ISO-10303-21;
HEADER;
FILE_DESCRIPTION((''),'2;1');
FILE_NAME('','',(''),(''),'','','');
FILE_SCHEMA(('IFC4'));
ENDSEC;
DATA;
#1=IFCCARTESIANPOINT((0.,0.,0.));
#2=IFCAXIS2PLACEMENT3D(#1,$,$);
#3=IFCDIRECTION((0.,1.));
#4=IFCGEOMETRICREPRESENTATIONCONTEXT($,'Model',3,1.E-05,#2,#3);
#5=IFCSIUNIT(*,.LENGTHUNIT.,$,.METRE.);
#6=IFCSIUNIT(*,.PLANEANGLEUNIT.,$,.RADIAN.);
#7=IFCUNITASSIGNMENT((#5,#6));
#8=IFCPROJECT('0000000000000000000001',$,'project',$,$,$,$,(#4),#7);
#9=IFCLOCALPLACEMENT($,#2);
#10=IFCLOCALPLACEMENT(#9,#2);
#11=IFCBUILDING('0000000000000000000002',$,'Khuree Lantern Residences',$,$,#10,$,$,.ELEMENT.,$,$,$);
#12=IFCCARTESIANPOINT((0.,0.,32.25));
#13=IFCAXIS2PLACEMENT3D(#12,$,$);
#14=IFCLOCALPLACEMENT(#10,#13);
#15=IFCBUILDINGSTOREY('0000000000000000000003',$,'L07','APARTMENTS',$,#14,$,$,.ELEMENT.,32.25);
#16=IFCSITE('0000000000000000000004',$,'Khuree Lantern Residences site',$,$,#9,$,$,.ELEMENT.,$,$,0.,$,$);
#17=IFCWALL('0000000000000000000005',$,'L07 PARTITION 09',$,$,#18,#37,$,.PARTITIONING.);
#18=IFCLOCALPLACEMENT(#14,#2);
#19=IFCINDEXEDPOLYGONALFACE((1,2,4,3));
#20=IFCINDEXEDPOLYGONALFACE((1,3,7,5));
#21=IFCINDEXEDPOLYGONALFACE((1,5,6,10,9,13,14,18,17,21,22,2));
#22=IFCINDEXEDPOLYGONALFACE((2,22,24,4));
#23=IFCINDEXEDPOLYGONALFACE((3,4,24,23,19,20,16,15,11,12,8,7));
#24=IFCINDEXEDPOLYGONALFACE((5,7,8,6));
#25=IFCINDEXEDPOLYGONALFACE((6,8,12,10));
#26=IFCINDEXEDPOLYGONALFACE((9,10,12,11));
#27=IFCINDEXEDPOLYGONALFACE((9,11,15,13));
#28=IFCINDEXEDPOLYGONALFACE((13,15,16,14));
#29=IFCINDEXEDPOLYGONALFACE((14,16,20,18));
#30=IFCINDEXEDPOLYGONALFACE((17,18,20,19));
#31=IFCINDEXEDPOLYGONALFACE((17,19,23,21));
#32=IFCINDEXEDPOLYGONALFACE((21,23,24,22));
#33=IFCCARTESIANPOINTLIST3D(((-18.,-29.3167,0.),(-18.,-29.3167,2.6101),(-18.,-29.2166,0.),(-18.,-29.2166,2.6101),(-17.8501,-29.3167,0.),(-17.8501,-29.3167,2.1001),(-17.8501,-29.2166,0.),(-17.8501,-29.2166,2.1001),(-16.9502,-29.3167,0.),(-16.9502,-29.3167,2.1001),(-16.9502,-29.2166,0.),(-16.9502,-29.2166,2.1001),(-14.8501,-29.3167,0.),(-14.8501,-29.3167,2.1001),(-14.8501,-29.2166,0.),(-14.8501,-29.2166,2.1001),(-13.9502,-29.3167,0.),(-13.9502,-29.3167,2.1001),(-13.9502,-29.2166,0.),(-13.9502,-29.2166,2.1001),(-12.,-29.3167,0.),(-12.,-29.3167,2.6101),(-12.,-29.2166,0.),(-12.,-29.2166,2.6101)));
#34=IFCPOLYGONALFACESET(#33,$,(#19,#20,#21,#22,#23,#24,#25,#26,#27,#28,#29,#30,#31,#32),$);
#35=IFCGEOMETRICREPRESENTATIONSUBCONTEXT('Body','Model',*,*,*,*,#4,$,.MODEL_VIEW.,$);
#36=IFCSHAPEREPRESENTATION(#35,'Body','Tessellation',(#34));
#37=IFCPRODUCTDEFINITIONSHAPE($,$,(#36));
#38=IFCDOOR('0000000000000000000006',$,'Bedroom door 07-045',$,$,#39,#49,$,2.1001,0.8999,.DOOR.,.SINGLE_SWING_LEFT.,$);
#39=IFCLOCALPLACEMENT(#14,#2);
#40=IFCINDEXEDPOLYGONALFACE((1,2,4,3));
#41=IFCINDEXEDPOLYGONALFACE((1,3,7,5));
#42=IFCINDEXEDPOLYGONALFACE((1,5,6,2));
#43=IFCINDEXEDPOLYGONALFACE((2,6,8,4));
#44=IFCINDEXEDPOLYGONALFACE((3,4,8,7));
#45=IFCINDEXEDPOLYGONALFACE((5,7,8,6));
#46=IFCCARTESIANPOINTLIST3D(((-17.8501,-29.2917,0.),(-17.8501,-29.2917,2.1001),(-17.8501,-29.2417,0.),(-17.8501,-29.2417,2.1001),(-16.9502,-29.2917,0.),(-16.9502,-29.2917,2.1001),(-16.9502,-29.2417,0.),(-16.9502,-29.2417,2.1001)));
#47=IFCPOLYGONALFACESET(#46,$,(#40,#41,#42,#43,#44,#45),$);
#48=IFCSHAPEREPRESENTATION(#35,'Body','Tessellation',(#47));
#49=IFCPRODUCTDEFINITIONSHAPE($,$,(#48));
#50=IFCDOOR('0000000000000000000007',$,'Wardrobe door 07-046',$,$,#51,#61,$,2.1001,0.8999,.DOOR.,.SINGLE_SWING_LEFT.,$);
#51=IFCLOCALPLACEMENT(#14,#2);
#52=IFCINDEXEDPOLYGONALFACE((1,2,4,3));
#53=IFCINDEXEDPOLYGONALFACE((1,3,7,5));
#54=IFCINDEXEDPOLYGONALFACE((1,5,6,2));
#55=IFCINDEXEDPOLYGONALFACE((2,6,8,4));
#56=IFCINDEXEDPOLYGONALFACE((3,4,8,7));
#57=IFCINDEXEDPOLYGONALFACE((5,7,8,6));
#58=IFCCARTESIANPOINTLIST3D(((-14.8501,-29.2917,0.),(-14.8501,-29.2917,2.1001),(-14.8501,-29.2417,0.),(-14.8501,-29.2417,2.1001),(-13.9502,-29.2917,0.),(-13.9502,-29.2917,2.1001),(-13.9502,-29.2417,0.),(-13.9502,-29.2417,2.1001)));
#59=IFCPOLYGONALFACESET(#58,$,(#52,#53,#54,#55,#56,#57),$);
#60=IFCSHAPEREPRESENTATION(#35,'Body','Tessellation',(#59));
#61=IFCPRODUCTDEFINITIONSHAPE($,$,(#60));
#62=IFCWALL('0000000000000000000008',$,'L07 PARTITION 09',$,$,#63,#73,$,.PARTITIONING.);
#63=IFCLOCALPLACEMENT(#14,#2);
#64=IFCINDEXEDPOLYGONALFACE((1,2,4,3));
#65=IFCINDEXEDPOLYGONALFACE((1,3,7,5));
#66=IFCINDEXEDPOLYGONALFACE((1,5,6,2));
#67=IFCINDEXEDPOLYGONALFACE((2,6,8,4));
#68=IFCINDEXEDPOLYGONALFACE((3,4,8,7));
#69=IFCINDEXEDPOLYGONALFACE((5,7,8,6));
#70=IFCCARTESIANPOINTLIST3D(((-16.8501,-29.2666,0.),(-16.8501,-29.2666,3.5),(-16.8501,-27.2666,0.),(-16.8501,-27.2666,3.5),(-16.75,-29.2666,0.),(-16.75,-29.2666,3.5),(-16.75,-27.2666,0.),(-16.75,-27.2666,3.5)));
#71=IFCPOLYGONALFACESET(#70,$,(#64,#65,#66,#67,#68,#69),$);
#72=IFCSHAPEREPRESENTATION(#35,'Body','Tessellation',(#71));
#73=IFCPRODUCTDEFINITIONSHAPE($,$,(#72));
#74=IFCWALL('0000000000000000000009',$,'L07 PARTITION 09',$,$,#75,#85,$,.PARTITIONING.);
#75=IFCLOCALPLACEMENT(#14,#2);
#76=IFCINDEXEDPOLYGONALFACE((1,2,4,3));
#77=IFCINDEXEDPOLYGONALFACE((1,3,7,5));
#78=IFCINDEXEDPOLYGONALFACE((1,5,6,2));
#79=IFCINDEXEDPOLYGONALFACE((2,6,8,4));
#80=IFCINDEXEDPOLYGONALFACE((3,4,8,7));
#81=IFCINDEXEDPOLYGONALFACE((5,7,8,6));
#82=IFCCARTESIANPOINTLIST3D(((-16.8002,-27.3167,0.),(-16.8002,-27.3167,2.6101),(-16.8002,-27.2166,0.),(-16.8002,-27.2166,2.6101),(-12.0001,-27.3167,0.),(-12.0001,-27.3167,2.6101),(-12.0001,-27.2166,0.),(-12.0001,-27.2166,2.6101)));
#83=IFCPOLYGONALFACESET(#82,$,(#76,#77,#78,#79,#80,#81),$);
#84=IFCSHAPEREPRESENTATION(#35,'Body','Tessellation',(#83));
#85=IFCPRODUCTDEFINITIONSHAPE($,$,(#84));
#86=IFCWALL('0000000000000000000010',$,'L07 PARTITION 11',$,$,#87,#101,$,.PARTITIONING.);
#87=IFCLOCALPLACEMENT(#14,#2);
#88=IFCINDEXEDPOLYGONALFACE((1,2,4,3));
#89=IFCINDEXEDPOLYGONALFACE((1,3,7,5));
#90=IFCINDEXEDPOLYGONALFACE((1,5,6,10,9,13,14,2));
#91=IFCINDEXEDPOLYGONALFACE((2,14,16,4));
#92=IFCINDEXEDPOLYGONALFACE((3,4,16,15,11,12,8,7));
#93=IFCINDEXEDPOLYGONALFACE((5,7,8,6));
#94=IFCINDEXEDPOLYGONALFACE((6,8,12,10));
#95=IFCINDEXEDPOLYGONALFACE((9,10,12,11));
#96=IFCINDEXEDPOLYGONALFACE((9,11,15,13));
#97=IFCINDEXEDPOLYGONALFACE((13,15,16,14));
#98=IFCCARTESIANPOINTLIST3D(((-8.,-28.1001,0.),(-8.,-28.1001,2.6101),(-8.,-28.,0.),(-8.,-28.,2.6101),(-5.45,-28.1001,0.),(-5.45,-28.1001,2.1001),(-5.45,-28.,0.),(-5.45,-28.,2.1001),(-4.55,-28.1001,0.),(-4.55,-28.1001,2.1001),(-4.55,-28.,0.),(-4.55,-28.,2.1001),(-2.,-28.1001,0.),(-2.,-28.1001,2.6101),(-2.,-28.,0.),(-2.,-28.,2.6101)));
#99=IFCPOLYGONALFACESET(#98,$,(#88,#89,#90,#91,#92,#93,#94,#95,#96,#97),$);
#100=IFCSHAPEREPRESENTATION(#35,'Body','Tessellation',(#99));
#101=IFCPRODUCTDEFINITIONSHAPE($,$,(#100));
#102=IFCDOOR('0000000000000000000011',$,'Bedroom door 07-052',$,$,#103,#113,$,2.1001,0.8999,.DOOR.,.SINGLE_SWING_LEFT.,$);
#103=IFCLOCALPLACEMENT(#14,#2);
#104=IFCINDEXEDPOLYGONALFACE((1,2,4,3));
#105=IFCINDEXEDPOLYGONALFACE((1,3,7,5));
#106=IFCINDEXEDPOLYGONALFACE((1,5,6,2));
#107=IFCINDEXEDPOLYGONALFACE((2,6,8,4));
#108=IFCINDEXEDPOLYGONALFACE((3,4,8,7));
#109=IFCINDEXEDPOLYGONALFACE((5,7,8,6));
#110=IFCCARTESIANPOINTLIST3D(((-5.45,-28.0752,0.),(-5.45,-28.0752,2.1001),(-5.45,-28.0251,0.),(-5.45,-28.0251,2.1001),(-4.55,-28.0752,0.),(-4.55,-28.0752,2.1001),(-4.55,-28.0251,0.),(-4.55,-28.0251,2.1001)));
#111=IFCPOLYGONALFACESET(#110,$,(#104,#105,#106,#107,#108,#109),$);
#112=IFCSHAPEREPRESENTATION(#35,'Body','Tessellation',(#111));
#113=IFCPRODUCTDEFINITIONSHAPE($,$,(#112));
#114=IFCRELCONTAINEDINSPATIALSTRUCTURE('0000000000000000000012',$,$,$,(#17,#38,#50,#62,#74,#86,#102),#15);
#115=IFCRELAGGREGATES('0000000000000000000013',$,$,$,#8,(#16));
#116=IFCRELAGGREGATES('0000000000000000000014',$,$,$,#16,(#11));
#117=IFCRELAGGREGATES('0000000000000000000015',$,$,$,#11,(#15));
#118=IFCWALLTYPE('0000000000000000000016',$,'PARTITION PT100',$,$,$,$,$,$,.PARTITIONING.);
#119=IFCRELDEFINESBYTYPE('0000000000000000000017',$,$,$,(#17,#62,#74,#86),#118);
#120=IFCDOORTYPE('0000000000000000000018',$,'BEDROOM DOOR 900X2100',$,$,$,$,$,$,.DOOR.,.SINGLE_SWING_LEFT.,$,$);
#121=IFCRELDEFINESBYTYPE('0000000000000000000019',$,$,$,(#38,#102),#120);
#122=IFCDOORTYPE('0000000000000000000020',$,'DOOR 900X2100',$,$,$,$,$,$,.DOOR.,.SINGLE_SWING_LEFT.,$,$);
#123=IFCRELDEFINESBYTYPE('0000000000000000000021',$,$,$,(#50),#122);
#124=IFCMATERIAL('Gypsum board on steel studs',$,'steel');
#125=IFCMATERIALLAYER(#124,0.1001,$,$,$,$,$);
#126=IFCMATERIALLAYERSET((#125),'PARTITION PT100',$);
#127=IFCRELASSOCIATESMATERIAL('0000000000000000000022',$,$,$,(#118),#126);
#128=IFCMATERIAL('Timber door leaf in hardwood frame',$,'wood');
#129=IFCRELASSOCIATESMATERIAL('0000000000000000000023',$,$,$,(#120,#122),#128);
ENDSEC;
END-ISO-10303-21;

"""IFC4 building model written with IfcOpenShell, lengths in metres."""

from ifc_helpers import new_model, si_unit, direction, frame, frame_2d, origin, place, context, subcontext, project, spatial, rectangle, extrude, material, layer, layer_set, type_object, element, fill, save


model = new_model("IFC4")

# Units and contexts
model_context = context("Model", 3, precision=1e-05, world=origin(), true_north=direction((0.0, 1.0)))
body_context = subcontext(model_context, "Body", "Model", "MODEL_VIEW")
ifc_project = project(units=[si_unit("LENGTHUNIT", "METRE"), si_unit("PLANEANGLEUNIT", "RADIAN")], contexts=[model_context])

# Site, building, storey
site_placement = place(None, origin())
site = spatial("IfcSite", under=ifc_project, at=site_placement, Name="Khuree Lantern Residences site", CompositionType="ELEMENT", RefElevation=0.0)
building_placement = place(site_placement, origin())
building = spatial("IfcBuilding", under=site, at=building_placement, Name="Khuree Lantern Residences", CompositionType="ELEMENT")
storey_placement = place(building_placement, frame((0.0, 0.0, 32.25)))
storey = spatial("IfcBuildingStorey", under=building, at=storey_placement, Name="L07", Description="APARTMENTS", CompositionType="ELEMENT", Elevation=32.25)

# Shared definitions
ifc_material_1 = material(Name="Timber door leaf in hardwood frame", Category="wood")

# Shared definitions
ifc_material_2 = material(Name="Gypsum board on steel studs", Category="steel")

# Shared definitions
ifc_layer_1 = layer(ifc_material_2, 0.1001)
ifc_layer_set_1 = layer_set([ifc_layer_1], Name="PARTITION PT100")
wall_type_1 = type_object("IfcWallType", Name="PARTITION PT100", PredefinedType="PARTITIONING", material=ifc_layer_set_1)

# Wall, openings, doors
wall_1_placement = place(storey_placement, frame((-18.0, -29.2666, 0.0), z_axis=(0.0, 0.0, 1.0), x_axis=(1.0, 0.0, 0.0)))
wall_1 = element("IfcWall", 1, at=wall_1_placement, inside=storey, type_object=wall_type_1, Name="L07 PARTITION 09", PredefinedType="PARTITIONING", context=body_context, shape_type="SweptSolid", body=[
    extrude(rectangle(XDim=6.0, YDim=0.1001, at=frame_2d((3.0, 0.0))), origin(), (0.0, 0.0, 1.0), 2.6101),
])
opening_1_placement = place(wall_1_placement, frame((0.1499, 0.0, 0.0)))
opening_1 = element("IfcOpeningElement", 2, at=opening_1_placement, cuts=wall_1, PredefinedType="OPENING", context=body_context, shape_type="SweptSolid", body=[
    extrude(rectangle(XDim=0.8999, YDim=2.1001, at=frame_2d((0.45, 1.05))), frame((0.0, 0.0601, 0.0), z_axis=(0.0, -1.0, 0.0), x_axis=(1.0, 0.0, 0.0)), (0.0, 0.0, 1.0), 0.1201),
])
opening_2_placement = place(wall_1_placement, frame((3.1499, 0.0, 0.0)))
opening_2 = element("IfcOpeningElement", 3, at=opening_2_placement, cuts=wall_1, PredefinedType="OPENING", context=body_context, shape_type="SweptSolid", body=[
    extrude(rectangle(XDim=0.8999, YDim=2.1001, at=frame_2d((0.45, 1.05))), frame((0.0, 0.0601, 0.0), z_axis=(0.0, -1.0, 0.0), x_axis=(1.0, 0.0, 0.0)), (0.0, 0.0, 1.0), 0.1201),
])
door_type_1 = type_object("IfcDoorType", Name="BEDROOM DOOR 900X2100", OperationType="SINGLE_SWING_LEFT", PredefinedType="DOOR", material=ifc_material_1)
door_1_placement = place(opening_1_placement, origin())
door_1 = element("IfcDoor", 4, at=door_1_placement, inside=storey, type_object=door_type_1, Name="Bedroom door 07-045", OperationType="SINGLE_SWING_LEFT", OverallHeight=2.1001, OverallWidth=0.8999, PredefinedType="DOOR", context=body_context, shape_type="SweptSolid", body=[
    extrude(rectangle(XDim=0.8999, YDim=2.1001, at=frame_2d((0.45, 1.05))), frame((0.0, 0.0249, 0.0), z_axis=(0.0, -1.0, 0.0), x_axis=(1.0, 0.0, 0.0)), (0.0, 0.0, 1.0), 0.05),
])
fill(opening_1, door_1)
door_type_2 = type_object("IfcDoorType", Name="DOOR 900X2100", OperationType="SINGLE_SWING_LEFT", PredefinedType="DOOR", material=ifc_material_1)
door_2_placement = place(opening_2_placement, origin())
door_2 = element("IfcDoor", 5, at=door_2_placement, inside=storey, type_object=door_type_2, Name="Wardrobe door 07-046", OperationType="SINGLE_SWING_LEFT", OverallHeight=2.1001, OverallWidth=0.8999, PredefinedType="DOOR", context=body_context, shape_type="SweptSolid", body=[
    extrude(rectangle(XDim=0.8999, YDim=2.1001, at=frame_2d((0.45, 1.05))), frame((0.0, 0.0249, 0.0), z_axis=(0.0, -1.0, 0.0), x_axis=(1.0, 0.0, 0.0)), (0.0, 0.0, 1.0), 0.05),
])
fill(opening_2, door_2)

# Walls
wall_2_placement = place(storey_placement, frame((-16.8, -27.2666, 0.0), z_axis=(0.0, 0.0, 1.0), x_axis=(0.0, -1.0, 0.0)))
element("IfcWall", 6, at=wall_2_placement, inside=storey, type_object=wall_type_1, Name="L07 PARTITION 09", PredefinedType="PARTITIONING", context=body_context, shape_type="SweptSolid", body=[
    extrude(rectangle(XDim=2.0, YDim=0.1001, at=frame_2d((1.0, 0.0))), origin(), (0.0, 0.0, 1.0), 3.5),
])
wall_3_placement = place(storey_placement, frame((-16.8, -27.2666, 0.0), z_axis=(0.0, 0.0, 1.0), x_axis=(1.0, 0.0, 0.0)))
element("IfcWall", 7, at=wall_3_placement, inside=storey, type_object=wall_type_1, Name="L07 PARTITION 09", PredefinedType="PARTITIONING", context=body_context, shape_type="SweptSolid", body=[
    extrude(rectangle(XDim=4.8, YDim=0.1001, at=frame_2d((2.3999, 0.0))), origin(), (0.0, 0.0, 1.0), 2.6101),
])

# Wall, opening, door
wall_4_placement = place(storey_placement, frame((-8.0, -28.05, 0.0), z_axis=(0.0, 0.0, 1.0), x_axis=(1.0, 0.0, 0.0)))
wall_4 = element("IfcWall", 8, at=wall_4_placement, inside=storey, type_object=wall_type_1, Name="L07 PARTITION 11", PredefinedType="PARTITIONING", context=body_context, shape_type="SweptSolid", body=[
    extrude(rectangle(XDim=6.0, YDim=0.1001, at=frame_2d((3.0, 0.0))), origin(), (0.0, 0.0, 1.0), 2.6101),
])
opening_3_placement = place(wall_4_placement, frame((2.55, 0.0, 0.0)))
opening_3 = element("IfcOpeningElement", 9, at=opening_3_placement, cuts=wall_4, PredefinedType="OPENING", context=body_context, shape_type="SweptSolid", body=[
    extrude(rectangle(XDim=0.8999, YDim=2.1001, at=frame_2d((0.45, 1.05))), frame((0.0, 0.0601, 0.0), z_axis=(0.0, -1.0, 0.0), x_axis=(1.0, 0.0, 0.0)), (0.0, 0.0, 1.0), 0.1201),
])
door_3_placement = place(opening_3_placement, origin())
door_3 = element("IfcDoor", 10, at=door_3_placement, inside=storey, type_object=door_type_1, Name="Bedroom door 07-052", OperationType="SINGLE_SWING_LEFT", OverallHeight=2.1001, OverallWidth=0.8999, PredefinedType="DOOR", context=body_context, shape_type="SweptSolid", body=[
    extrude(rectangle(XDim=0.8999, YDim=2.1001, at=frame_2d((0.45, 1.05))), frame((0.0, 0.0249, 0.0), z_axis=(0.0, -1.0, 0.0), x_axis=(1.0, 0.0, 0.0)), (0.0, 0.0, 1.0), 0.05),
])
fill(opening_3, door_3)

save(model, "model.ifc")
